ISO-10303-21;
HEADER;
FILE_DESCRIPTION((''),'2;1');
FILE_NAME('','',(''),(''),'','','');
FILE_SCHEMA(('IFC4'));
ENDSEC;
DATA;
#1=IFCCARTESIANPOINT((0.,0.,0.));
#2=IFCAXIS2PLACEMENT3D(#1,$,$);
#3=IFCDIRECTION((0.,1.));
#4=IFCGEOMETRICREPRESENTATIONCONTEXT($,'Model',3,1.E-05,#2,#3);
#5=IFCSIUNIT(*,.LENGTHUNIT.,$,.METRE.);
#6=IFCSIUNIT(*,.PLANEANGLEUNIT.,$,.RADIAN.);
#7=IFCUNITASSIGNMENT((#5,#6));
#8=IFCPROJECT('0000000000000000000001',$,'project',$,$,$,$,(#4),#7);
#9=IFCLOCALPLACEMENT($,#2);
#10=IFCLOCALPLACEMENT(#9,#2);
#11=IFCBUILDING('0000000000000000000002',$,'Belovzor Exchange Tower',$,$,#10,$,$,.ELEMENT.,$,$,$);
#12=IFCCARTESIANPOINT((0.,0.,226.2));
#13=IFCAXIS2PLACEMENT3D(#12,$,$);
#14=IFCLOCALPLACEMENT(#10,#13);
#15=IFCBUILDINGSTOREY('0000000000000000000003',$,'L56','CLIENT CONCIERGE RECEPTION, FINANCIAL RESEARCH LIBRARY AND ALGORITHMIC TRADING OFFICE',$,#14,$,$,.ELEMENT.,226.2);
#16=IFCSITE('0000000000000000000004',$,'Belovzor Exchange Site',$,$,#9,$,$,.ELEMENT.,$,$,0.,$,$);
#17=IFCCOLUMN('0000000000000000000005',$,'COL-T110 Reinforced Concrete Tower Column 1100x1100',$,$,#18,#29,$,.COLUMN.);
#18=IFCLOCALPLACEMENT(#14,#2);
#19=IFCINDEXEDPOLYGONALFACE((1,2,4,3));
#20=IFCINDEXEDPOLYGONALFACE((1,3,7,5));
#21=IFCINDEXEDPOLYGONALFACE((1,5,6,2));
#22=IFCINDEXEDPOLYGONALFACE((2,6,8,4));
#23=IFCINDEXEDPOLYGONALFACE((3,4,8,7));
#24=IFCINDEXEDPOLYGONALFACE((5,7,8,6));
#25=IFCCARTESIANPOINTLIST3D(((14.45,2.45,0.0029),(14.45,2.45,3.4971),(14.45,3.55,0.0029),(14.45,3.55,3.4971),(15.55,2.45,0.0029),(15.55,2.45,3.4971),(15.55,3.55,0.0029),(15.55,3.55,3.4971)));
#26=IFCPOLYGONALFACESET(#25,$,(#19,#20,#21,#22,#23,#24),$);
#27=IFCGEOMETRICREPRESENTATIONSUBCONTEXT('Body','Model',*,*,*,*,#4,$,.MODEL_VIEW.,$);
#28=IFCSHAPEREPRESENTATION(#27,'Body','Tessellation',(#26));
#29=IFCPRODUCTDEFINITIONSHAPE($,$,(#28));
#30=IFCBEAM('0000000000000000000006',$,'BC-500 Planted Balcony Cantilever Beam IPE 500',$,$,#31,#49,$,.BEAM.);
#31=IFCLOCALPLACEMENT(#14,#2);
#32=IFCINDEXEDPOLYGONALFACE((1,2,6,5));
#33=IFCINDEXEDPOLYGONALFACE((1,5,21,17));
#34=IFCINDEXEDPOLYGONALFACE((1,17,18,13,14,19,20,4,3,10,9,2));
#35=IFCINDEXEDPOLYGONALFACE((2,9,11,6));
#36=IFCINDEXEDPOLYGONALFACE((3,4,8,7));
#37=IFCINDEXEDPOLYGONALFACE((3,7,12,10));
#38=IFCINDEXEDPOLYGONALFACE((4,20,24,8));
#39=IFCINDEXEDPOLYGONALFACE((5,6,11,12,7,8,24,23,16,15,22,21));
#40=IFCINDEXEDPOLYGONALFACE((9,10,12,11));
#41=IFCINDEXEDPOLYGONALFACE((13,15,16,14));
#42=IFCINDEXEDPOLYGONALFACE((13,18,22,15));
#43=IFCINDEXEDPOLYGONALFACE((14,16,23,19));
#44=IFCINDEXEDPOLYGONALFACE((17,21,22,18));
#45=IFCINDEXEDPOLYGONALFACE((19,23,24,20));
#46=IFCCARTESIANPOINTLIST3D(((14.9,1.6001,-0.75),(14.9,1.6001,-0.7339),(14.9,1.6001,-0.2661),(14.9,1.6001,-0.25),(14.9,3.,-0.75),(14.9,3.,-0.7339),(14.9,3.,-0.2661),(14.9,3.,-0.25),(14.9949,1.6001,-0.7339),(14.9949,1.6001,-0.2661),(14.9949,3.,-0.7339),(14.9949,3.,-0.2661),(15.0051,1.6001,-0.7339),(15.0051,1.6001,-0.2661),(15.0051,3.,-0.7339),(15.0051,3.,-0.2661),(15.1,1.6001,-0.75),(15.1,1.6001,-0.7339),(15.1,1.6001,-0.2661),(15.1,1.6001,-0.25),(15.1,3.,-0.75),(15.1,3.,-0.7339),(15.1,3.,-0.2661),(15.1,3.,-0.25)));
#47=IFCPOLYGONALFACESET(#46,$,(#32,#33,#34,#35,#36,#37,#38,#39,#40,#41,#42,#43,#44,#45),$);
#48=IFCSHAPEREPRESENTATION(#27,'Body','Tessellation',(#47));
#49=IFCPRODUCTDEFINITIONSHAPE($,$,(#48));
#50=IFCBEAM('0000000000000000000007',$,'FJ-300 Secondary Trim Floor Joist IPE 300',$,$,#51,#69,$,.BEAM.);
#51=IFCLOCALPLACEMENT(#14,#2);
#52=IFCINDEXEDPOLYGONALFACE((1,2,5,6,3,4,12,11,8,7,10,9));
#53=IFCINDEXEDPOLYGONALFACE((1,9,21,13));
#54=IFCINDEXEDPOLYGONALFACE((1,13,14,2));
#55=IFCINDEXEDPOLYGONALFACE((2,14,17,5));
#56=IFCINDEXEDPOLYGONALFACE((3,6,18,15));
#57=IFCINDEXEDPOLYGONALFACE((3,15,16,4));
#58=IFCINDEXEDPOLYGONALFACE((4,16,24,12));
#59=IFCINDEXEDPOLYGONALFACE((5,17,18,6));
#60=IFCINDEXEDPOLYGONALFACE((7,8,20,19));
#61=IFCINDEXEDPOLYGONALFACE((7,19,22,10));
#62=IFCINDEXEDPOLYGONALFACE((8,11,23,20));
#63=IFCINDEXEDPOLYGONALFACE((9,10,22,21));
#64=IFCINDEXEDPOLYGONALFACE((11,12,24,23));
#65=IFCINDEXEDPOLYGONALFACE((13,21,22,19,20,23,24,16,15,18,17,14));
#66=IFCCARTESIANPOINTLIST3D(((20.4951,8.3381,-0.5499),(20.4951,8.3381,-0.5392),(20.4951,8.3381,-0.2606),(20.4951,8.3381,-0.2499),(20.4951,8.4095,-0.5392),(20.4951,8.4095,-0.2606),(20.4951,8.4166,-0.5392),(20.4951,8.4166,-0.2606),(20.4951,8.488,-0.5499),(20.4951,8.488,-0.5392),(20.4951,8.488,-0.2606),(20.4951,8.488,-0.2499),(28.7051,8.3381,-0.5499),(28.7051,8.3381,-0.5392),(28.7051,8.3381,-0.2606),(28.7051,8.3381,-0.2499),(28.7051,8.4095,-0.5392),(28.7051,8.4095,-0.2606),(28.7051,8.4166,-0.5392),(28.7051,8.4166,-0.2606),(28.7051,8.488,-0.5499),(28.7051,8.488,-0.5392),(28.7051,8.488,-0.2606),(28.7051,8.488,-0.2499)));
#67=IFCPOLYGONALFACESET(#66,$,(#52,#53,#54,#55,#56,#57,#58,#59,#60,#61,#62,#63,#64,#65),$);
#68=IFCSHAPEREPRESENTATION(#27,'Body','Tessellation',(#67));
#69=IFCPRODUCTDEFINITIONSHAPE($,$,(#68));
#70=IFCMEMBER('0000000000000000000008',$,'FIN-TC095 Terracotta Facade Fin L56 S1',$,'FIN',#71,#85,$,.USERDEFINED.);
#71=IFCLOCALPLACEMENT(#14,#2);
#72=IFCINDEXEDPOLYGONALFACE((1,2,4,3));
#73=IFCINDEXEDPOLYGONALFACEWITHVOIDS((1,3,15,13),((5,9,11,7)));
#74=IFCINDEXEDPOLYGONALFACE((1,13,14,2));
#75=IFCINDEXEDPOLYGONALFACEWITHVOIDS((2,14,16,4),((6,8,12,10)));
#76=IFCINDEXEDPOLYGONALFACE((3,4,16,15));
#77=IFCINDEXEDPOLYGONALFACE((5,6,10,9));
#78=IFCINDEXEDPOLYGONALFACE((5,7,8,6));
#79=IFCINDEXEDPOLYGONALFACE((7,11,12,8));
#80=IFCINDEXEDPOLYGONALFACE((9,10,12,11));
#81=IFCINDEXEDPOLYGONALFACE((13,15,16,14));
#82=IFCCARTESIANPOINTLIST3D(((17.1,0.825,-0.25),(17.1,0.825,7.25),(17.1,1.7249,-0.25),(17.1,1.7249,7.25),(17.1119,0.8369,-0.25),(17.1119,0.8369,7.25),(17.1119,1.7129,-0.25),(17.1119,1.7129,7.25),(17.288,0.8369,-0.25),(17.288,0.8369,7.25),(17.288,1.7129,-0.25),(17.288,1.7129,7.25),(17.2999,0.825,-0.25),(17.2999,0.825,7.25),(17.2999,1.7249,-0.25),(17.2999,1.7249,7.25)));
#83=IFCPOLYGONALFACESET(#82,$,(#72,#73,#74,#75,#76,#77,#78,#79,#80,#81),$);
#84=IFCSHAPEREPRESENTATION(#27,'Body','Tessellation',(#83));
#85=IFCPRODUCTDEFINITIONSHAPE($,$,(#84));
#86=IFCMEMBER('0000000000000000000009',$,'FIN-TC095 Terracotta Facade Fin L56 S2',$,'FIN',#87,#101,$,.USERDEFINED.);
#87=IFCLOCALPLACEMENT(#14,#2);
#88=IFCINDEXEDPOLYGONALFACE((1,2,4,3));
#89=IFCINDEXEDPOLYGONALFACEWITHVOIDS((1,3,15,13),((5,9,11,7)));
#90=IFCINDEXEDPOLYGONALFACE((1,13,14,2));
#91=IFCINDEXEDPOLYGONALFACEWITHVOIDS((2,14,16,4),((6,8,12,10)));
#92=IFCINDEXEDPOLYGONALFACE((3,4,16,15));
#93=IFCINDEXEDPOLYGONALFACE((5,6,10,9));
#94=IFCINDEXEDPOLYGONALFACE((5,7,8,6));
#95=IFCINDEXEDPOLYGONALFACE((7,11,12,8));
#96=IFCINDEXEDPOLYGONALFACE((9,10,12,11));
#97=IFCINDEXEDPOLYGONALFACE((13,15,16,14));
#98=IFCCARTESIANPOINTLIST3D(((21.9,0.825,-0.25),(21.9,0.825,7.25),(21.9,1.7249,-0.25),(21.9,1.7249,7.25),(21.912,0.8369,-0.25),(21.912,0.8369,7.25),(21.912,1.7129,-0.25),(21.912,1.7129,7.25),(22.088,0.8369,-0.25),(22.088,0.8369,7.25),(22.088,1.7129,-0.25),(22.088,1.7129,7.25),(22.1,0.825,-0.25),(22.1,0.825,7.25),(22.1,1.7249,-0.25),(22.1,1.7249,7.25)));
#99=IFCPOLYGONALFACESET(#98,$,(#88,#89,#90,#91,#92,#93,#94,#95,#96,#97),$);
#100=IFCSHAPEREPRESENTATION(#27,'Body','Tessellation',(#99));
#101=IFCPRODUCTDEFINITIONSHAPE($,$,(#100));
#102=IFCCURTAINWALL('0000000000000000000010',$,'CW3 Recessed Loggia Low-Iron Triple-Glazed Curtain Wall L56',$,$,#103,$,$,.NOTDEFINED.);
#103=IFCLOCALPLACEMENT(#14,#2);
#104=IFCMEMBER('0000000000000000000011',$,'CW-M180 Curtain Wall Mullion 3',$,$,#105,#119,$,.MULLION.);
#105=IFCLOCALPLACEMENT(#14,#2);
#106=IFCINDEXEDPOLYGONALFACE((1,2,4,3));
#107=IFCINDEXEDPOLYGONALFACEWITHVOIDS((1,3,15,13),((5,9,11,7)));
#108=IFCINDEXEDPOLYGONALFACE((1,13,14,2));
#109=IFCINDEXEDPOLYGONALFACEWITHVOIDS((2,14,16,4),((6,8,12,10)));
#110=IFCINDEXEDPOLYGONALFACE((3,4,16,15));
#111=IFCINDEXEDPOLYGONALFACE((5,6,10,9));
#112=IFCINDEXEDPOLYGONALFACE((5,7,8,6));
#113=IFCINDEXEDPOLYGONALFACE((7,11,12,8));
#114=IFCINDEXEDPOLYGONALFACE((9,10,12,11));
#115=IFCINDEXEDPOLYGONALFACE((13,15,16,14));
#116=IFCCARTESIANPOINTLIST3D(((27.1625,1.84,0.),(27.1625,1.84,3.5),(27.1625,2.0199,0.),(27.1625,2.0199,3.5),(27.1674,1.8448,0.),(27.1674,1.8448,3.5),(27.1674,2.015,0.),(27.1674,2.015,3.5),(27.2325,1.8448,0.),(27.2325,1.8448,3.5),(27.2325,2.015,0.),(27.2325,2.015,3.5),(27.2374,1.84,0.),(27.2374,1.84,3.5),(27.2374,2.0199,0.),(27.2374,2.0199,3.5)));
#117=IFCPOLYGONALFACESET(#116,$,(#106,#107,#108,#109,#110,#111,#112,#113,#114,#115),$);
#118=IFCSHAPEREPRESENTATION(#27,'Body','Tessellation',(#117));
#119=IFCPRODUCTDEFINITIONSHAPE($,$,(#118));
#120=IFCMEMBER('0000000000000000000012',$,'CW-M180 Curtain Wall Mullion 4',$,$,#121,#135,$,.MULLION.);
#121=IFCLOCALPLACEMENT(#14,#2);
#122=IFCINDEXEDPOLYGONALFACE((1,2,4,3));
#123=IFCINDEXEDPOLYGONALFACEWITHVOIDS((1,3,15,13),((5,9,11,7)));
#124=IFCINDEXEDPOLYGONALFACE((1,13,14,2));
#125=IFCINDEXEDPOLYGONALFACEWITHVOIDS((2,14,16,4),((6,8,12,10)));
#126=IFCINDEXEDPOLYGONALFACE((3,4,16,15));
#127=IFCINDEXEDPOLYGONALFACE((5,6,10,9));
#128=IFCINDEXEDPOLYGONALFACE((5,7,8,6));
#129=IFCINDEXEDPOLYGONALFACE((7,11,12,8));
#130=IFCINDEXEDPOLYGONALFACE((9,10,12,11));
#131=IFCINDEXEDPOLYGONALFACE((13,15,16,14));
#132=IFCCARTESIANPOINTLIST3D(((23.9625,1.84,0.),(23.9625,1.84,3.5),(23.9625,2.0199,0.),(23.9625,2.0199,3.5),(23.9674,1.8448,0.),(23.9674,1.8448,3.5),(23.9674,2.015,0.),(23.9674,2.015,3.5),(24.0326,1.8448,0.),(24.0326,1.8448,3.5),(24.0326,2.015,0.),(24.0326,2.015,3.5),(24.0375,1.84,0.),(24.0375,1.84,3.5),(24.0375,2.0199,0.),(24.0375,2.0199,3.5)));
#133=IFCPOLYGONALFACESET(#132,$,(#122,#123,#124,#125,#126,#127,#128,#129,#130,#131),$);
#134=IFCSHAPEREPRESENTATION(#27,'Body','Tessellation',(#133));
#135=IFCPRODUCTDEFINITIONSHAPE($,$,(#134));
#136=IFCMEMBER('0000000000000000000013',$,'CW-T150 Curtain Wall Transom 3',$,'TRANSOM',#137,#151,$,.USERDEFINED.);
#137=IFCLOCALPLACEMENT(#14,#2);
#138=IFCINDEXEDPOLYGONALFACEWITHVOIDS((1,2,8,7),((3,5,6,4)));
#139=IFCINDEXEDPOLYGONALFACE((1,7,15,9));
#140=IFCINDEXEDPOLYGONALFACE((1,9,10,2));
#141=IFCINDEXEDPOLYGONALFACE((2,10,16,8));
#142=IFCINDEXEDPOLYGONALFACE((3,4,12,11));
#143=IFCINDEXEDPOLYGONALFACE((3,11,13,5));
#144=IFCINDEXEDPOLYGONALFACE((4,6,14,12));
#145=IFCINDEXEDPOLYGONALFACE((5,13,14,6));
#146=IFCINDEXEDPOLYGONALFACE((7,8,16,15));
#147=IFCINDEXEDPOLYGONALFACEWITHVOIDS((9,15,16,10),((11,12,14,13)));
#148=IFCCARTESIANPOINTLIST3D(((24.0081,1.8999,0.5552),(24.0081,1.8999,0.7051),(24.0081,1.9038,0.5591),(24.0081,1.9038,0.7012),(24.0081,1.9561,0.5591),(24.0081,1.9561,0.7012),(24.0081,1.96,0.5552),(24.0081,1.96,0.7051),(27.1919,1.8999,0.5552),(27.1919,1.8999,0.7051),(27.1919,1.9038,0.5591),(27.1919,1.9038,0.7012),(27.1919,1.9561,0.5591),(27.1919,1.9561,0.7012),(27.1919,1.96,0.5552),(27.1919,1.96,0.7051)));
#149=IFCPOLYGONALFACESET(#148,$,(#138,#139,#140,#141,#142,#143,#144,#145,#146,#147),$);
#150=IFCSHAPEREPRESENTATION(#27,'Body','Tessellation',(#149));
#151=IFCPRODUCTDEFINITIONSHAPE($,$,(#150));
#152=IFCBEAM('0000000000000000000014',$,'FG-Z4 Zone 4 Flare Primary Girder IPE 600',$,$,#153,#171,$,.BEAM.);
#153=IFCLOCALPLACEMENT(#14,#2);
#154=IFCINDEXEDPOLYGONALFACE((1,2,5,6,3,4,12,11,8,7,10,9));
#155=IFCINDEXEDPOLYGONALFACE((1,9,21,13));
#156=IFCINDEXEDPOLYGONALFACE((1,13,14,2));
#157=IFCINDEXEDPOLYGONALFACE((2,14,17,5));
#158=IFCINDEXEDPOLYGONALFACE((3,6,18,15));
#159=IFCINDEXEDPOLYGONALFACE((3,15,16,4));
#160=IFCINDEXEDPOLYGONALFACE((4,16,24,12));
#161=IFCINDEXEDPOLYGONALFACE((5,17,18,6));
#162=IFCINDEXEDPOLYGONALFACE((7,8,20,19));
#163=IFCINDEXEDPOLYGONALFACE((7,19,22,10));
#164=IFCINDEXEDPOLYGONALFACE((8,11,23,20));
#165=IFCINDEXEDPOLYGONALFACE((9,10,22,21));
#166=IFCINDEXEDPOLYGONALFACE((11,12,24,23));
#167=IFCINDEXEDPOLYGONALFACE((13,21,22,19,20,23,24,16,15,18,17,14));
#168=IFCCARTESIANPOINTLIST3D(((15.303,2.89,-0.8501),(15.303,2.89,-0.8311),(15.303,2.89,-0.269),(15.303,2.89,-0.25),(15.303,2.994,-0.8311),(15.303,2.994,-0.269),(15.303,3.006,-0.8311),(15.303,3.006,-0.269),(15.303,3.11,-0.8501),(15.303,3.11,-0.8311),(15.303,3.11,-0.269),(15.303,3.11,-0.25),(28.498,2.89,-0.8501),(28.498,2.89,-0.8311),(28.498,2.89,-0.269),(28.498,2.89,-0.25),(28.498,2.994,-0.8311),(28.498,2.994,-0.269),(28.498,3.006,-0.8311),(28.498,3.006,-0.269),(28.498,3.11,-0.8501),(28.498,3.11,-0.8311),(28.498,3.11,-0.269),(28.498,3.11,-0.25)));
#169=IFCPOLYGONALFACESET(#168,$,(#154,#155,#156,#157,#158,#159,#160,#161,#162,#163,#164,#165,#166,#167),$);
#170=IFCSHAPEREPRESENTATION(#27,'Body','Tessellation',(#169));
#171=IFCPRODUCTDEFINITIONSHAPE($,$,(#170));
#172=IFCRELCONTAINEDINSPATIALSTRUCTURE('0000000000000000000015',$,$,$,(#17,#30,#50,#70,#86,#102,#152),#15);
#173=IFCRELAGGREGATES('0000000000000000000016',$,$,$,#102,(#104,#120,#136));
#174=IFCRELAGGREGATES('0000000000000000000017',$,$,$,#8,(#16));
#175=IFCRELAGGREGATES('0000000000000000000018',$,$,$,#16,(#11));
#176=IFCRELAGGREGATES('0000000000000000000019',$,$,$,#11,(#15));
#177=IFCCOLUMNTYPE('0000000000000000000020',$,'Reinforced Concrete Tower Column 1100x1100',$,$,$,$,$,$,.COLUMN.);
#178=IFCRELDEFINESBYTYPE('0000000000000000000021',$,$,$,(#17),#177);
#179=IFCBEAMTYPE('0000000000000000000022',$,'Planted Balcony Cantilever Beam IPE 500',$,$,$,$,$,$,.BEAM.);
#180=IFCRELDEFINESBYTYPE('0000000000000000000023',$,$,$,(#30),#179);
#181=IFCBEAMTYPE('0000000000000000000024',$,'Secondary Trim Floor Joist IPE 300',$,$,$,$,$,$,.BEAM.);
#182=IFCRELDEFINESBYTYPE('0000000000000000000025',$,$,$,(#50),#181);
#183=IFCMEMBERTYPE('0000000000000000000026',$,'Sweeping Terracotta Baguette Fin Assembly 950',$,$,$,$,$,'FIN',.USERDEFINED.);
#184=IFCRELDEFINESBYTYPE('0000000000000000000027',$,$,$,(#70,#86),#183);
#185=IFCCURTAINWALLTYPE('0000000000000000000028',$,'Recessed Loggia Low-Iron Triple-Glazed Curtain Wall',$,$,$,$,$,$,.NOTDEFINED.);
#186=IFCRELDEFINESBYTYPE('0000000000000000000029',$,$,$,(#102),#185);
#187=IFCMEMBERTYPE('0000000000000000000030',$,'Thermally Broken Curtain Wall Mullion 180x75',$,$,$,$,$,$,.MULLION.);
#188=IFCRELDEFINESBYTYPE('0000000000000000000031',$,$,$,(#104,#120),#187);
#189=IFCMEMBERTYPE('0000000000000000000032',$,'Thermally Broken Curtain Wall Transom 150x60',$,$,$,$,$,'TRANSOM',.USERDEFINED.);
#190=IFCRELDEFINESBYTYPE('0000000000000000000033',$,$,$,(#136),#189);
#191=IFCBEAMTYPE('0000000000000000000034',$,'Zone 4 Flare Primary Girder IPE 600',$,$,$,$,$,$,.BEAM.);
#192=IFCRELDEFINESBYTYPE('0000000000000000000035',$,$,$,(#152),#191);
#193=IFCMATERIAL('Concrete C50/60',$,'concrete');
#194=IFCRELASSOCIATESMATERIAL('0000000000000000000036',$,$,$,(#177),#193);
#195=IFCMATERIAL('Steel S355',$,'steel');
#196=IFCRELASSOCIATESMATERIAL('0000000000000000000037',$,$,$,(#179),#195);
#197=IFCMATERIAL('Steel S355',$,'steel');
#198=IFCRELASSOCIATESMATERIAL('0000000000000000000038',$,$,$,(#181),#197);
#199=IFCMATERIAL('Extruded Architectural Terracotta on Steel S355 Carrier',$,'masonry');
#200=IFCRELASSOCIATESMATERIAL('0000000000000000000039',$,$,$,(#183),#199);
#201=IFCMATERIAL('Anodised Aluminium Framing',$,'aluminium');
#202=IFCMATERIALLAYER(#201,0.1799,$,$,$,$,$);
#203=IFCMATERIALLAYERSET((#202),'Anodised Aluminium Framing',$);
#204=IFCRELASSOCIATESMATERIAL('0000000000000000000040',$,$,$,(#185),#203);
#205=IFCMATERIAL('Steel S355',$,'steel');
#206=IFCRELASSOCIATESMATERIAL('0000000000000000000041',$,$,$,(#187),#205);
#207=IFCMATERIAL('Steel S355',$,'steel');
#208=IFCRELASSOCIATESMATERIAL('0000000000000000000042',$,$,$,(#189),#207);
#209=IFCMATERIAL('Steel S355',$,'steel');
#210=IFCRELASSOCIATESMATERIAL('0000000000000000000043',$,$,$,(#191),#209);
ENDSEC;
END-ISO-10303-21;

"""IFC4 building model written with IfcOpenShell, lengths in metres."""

from ifc_helpers import new_model, si_unit, direction, frame, origin, origin_2d, place, context, subcontext, project, spatial, rectangle, hollow_rectangle, i_section, extrude, material, layer, layer_set, material_profile, profile_set, type_object, element, aggregate, save


model = new_model("IFC4")

# Units and contexts
model_context = context("Model", 3, precision=1e-05, world=origin(), true_north=direction((0.0, 1.0)))
body_context = subcontext(model_context, "Body", "Model", "MODEL_VIEW")
ifc_project = project(units=[si_unit("LENGTHUNIT", "METRE"), si_unit("PLANEANGLEUNIT", "RADIAN")], contexts=[model_context])

# Site, building, storey
site_placement = place(None, origin())
site = spatial("IfcSite", under=ifc_project, at=site_placement, Name="Belovzor Exchange Site", CompositionType="ELEMENT", RefElevation=0.0)
building_placement = place(site_placement, origin())
building = spatial("IfcBuilding", under=site, at=building_placement, Name="Belovzor Exchange Tower", CompositionType="ELEMENT")
storey_placement = place(building_placement, frame((0.0, 0.0, 226.2)))
storey = spatial("IfcBuildingStorey", under=building, at=storey_placement, Name="L56", Description="CLIENT CONCIERGE RECEPTION, FINANCIAL RESEARCH LIBRARY AND ALGORITHMIC TRADING OFFICE", CompositionType="ELEMENT", Elevation=226.2)

# Column
ifc_material_1 = material(Name="Concrete C50/60", Category="concrete")
ifc_material_profile_1 = material_profile(ifc_material_1, rectangle(XDim=1.1001, YDim=1.1001, at=origin_2d()))
ifc_profile_set_1 = profile_set([ifc_material_profile_1], Name="Concrete C50/60")
column_type = type_object("IfcColumnType", Name="Reinforced Concrete Tower Column 1100x1100", PredefinedType="COLUMN", material=ifc_profile_set_1)
column_placement = place(storey_placement, frame((15.0, 3.0, 0.0029), z_axis=(0.0, 0.0, 1.0), x_axis=(1.0, 0.0, 0.0)))
element("IfcColumn", 1, at=column_placement, inside=storey, type_object=column_type, Name="COL-T110 Reinforced Concrete Tower Column 1100x1100", PredefinedType="COLUMN", context=body_context, shape_type="SweptSolid", body=[
    extrude(rectangle(XDim=1.1001, YDim=1.1001, at=origin_2d()), origin(), (0.0, 0.0, 1.0), 3.4941),
])

# Beams
ifc_material_2 = material(Name="Steel S355", Category="steel")
ifc_material_profile_2 = material_profile(ifc_material_2, i_section(OverallWidth=0.2, OverallDepth=0.5, WebThickness=0.0103, FlangeThickness=0.0161, at=origin_2d()))
ifc_profile_set_2 = profile_set([ifc_material_profile_2], Name="Steel S355")
beam_type_1 = type_object("IfcBeamType", Name="Planted Balcony Cantilever Beam IPE 500", PredefinedType="BEAM", material=ifc_profile_set_2)
beam_1_placement = place(storey_placement, frame((15.0, 3.0, -0.5), z_axis=(0.0, -1.0, 0.0), x_axis=(1.0, 0.0, 0.0)))
element("IfcBeam", 2, at=beam_1_placement, inside=storey, type_object=beam_type_1, Name="BC-500 Planted Balcony Cantilever Beam IPE 500", PredefinedType="BEAM", context=body_context, shape_type="SweptSolid", body=[
    extrude(i_section(OverallWidth=0.2, OverallDepth=0.5, WebThickness=0.0103, FlangeThickness=0.0161, at=origin_2d()), origin(), (0.0, 0.0, 1.0), 1.3999),
])
ifc_material_3 = material(Name="Steel S355", Category="steel")
ifc_material_profile_3 = material_profile(ifc_material_3, i_section(OverallWidth=0.1499, OverallDepth=0.3, WebThickness=0.0071, FlangeThickness=0.0107, at=origin_2d()))
ifc_profile_set_3 = profile_set([ifc_material_profile_3], Name="Steel S355")
beam_type_2 = type_object("IfcBeamType", Name="Secondary Trim Floor Joist IPE 300", PredefinedType="BEAM", material=ifc_profile_set_3)
beam_2_placement = place(storey_placement, frame((20.4951, 8.4131, -0.3999), z_axis=(1.0, 0.0, 0.0), x_axis=(0.0, 1.0, 0.0)))
element("IfcBeam", 3, at=beam_2_placement, inside=storey, type_object=beam_type_2, Name="FJ-300 Secondary Trim Floor Joist IPE 300", PredefinedType="BEAM", context=body_context, shape_type="SweptSolid", body=[
    extrude(i_section(OverallWidth=0.1499, OverallDepth=0.3, WebThickness=0.0071, FlangeThickness=0.0107, at=origin_2d()), origin(), (0.0, 0.0, 1.0), 8.21),
])

# Members
ifc_material_4 = material(Name="Extruded Architectural Terracotta on Steel S355 Carrier", Category="masonry")
ifc_material_profile_4 = material_profile(ifc_material_4, hollow_rectangle(XDim=0.2, YDim=0.8999, WallThickness=0.012, at=origin_2d()))
ifc_profile_set_4 = profile_set([ifc_material_profile_4], Name="Extruded Architectural Terracotta on Steel S355 Carrier")
member_type_1 = type_object("IfcMemberType", Name="Sweeping Terracotta Baguette Fin Assembly 950", ElementType="FIN", PredefinedType="USERDEFINED", material=ifc_profile_set_4)
for number, where, z_axis, x_axis, name in (
    (4, (17.2, 1.2749, -0.25), (0.0, 0.0, 1.0), (1.0, 0.0, 0.0), "FIN-TC095 Terracotta Facade Fin L56 S1"),
    (5, (22.0, 1.2749, -0.25), (0.0, 0.0, 1.0), (1.0, 0.0, 0.0), "FIN-TC095 Terracotta Facade Fin L56 S2"),
):
    element("IfcMember", number, at=place(storey_placement, frame(where, z_axis=z_axis, x_axis=x_axis)), inside=storey, type_object=member_type_1, Name=name, ObjectType="FIN", PredefinedType="USERDEFINED", context=body_context, shape_type="SweptSolid", body=[
        extrude(hollow_rectangle(XDim=0.2, YDim=0.8999, WallThickness=0.012, at=origin_2d()), origin(), (0.0, 0.0, 1.0), 7.5),
    ])

# Curtain wall, members
ifc_material_5 = material(Name="Anodised Aluminium Framing", Category="aluminium")
ifc_layer_1 = layer(ifc_material_5, 0.1799)
ifc_layer_set_1 = layer_set([ifc_layer_1], Name="Anodised Aluminium Framing")
curtain_wall_type = type_object("IfcCurtainWallType", Name="Recessed Loggia Low-Iron Triple-Glazed Curtain Wall", PredefinedType="NOTDEFINED", material=ifc_layer_set_1)
curtain_wall_placement = place(storey_placement, origin())
curtain_wall = element("IfcCurtainWall", 6, at=curtain_wall_placement, inside=storey, type_object=curtain_wall_type, Name="CW3 Recessed Loggia Low-Iron Triple-Glazed Curtain Wall L56", PredefinedType="NOTDEFINED")
ifc_material_6 = material(Name="Steel S355", Category="steel")
ifc_material_profile_5 = material_profile(ifc_material_6, hollow_rectangle(XDim=0.075, YDim=0.1799, WallThickness=0.0049, at=origin_2d()))
ifc_profile_set_5 = profile_set([ifc_material_profile_5], Name="Steel S355")
member_type_2 = type_object("IfcMemberType", Name="Thermally Broken Curtain Wall Mullion 180x75", PredefinedType="MULLION", material=ifc_profile_set_5)
member_1_placement = place(storey_placement, frame((27.2, 1.9299, 0.0), z_axis=(0.0, 0.0, 1.0), x_axis=(-1.0, 0.0, 0.0)))
member_1 = element("IfcMember", 7, at=member_1_placement, type_object=member_type_2, Name="CW-M180 Curtain Wall Mullion 3", PredefinedType="MULLION", context=body_context, shape_type="SweptSolid", body=[
    extrude(hollow_rectangle(XDim=0.075, YDim=0.1799, WallThickness=0.0049, at=origin_2d()), origin(), (0.0, 0.0, 1.0), 3.5),
])
member_2_placement = place(storey_placement, frame((24.0, 1.9299, 0.0), z_axis=(0.0, 0.0, 1.0), x_axis=(-1.0, 0.0, 0.0)))
member_2 = element("IfcMember", 8, at=member_2_placement, type_object=member_type_2, Name="CW-M180 Curtain Wall Mullion 4", PredefinedType="MULLION", context=body_context, shape_type="SweptSolid", body=[
    extrude(hollow_rectangle(XDim=0.075, YDim=0.1799, WallThickness=0.0049, at=origin_2d()), origin(), (0.0, 0.0, 1.0), 3.5),
])
ifc_material_7 = material(Name="Steel S355", Category="steel")
ifc_material_profile_6 = material_profile(ifc_material_7, hollow_rectangle(XDim=0.0601, YDim=0.1499, WallThickness=0.0039, at=origin_2d()))
ifc_profile_set_6 = profile_set([ifc_material_profile_6], Name="Steel S355")
member_type_3 = type_object("IfcMemberType", Name="Thermally Broken Curtain Wall Transom 150x60", ElementType="TRANSOM", PredefinedType="USERDEFINED", material=ifc_profile_set_6)
member_3_placement = place(storey_placement, frame((27.1919, 1.9299, 0.6301), z_axis=(-1.0, 0.0, 0.0), x_axis=(0.0, -1.0, 0.0)))
member_3 = element("IfcMember", 9, at=member_3_placement, type_object=member_type_3, Name="CW-T150 Curtain Wall Transom 3", ObjectType="TRANSOM", PredefinedType="USERDEFINED", context=body_context, shape_type="SweptSolid", body=[
    extrude(hollow_rectangle(XDim=0.0601, YDim=0.1499, WallThickness=0.0039, at=origin_2d()), origin(), (0.0, 0.0, 1.0), 3.1838),
])

# Beam
ifc_material_8 = material(Name="Steel S355", Category="steel")
ifc_material_profile_7 = material_profile(ifc_material_8, i_section(OverallWidth=0.22, OverallDepth=0.6001, WebThickness=0.012, FlangeThickness=0.019, at=origin_2d()))
ifc_profile_set_7 = profile_set([ifc_material_profile_7], Name="Steel S355")
beam_type_3 = type_object("IfcBeamType", Name="Zone 4 Flare Primary Girder IPE 600", PredefinedType="BEAM", material=ifc_profile_set_7)
beam_3_placement = place(storey_placement, frame((15.303, 3.0, -0.55), z_axis=(1.0, 0.0, 0.0), x_axis=(0.0, 1.0, 0.0)))
element("IfcBeam", 10, at=beam_3_placement, inside=storey, type_object=beam_type_3, Name="FG-Z4 Zone 4 Flare Primary Girder IPE 600", PredefinedType="BEAM", context=body_context, shape_type="SweptSolid", body=[
    extrude(i_section(OverallWidth=0.22, OverallDepth=0.6001, WebThickness=0.012, FlangeThickness=0.019, at=origin_2d()), origin(), (0.0, 0.0, 1.0), 13.1951),
])

aggregate(curtain_wall, [member_1, member_2, member_3])

save(model, "model.ifc")
